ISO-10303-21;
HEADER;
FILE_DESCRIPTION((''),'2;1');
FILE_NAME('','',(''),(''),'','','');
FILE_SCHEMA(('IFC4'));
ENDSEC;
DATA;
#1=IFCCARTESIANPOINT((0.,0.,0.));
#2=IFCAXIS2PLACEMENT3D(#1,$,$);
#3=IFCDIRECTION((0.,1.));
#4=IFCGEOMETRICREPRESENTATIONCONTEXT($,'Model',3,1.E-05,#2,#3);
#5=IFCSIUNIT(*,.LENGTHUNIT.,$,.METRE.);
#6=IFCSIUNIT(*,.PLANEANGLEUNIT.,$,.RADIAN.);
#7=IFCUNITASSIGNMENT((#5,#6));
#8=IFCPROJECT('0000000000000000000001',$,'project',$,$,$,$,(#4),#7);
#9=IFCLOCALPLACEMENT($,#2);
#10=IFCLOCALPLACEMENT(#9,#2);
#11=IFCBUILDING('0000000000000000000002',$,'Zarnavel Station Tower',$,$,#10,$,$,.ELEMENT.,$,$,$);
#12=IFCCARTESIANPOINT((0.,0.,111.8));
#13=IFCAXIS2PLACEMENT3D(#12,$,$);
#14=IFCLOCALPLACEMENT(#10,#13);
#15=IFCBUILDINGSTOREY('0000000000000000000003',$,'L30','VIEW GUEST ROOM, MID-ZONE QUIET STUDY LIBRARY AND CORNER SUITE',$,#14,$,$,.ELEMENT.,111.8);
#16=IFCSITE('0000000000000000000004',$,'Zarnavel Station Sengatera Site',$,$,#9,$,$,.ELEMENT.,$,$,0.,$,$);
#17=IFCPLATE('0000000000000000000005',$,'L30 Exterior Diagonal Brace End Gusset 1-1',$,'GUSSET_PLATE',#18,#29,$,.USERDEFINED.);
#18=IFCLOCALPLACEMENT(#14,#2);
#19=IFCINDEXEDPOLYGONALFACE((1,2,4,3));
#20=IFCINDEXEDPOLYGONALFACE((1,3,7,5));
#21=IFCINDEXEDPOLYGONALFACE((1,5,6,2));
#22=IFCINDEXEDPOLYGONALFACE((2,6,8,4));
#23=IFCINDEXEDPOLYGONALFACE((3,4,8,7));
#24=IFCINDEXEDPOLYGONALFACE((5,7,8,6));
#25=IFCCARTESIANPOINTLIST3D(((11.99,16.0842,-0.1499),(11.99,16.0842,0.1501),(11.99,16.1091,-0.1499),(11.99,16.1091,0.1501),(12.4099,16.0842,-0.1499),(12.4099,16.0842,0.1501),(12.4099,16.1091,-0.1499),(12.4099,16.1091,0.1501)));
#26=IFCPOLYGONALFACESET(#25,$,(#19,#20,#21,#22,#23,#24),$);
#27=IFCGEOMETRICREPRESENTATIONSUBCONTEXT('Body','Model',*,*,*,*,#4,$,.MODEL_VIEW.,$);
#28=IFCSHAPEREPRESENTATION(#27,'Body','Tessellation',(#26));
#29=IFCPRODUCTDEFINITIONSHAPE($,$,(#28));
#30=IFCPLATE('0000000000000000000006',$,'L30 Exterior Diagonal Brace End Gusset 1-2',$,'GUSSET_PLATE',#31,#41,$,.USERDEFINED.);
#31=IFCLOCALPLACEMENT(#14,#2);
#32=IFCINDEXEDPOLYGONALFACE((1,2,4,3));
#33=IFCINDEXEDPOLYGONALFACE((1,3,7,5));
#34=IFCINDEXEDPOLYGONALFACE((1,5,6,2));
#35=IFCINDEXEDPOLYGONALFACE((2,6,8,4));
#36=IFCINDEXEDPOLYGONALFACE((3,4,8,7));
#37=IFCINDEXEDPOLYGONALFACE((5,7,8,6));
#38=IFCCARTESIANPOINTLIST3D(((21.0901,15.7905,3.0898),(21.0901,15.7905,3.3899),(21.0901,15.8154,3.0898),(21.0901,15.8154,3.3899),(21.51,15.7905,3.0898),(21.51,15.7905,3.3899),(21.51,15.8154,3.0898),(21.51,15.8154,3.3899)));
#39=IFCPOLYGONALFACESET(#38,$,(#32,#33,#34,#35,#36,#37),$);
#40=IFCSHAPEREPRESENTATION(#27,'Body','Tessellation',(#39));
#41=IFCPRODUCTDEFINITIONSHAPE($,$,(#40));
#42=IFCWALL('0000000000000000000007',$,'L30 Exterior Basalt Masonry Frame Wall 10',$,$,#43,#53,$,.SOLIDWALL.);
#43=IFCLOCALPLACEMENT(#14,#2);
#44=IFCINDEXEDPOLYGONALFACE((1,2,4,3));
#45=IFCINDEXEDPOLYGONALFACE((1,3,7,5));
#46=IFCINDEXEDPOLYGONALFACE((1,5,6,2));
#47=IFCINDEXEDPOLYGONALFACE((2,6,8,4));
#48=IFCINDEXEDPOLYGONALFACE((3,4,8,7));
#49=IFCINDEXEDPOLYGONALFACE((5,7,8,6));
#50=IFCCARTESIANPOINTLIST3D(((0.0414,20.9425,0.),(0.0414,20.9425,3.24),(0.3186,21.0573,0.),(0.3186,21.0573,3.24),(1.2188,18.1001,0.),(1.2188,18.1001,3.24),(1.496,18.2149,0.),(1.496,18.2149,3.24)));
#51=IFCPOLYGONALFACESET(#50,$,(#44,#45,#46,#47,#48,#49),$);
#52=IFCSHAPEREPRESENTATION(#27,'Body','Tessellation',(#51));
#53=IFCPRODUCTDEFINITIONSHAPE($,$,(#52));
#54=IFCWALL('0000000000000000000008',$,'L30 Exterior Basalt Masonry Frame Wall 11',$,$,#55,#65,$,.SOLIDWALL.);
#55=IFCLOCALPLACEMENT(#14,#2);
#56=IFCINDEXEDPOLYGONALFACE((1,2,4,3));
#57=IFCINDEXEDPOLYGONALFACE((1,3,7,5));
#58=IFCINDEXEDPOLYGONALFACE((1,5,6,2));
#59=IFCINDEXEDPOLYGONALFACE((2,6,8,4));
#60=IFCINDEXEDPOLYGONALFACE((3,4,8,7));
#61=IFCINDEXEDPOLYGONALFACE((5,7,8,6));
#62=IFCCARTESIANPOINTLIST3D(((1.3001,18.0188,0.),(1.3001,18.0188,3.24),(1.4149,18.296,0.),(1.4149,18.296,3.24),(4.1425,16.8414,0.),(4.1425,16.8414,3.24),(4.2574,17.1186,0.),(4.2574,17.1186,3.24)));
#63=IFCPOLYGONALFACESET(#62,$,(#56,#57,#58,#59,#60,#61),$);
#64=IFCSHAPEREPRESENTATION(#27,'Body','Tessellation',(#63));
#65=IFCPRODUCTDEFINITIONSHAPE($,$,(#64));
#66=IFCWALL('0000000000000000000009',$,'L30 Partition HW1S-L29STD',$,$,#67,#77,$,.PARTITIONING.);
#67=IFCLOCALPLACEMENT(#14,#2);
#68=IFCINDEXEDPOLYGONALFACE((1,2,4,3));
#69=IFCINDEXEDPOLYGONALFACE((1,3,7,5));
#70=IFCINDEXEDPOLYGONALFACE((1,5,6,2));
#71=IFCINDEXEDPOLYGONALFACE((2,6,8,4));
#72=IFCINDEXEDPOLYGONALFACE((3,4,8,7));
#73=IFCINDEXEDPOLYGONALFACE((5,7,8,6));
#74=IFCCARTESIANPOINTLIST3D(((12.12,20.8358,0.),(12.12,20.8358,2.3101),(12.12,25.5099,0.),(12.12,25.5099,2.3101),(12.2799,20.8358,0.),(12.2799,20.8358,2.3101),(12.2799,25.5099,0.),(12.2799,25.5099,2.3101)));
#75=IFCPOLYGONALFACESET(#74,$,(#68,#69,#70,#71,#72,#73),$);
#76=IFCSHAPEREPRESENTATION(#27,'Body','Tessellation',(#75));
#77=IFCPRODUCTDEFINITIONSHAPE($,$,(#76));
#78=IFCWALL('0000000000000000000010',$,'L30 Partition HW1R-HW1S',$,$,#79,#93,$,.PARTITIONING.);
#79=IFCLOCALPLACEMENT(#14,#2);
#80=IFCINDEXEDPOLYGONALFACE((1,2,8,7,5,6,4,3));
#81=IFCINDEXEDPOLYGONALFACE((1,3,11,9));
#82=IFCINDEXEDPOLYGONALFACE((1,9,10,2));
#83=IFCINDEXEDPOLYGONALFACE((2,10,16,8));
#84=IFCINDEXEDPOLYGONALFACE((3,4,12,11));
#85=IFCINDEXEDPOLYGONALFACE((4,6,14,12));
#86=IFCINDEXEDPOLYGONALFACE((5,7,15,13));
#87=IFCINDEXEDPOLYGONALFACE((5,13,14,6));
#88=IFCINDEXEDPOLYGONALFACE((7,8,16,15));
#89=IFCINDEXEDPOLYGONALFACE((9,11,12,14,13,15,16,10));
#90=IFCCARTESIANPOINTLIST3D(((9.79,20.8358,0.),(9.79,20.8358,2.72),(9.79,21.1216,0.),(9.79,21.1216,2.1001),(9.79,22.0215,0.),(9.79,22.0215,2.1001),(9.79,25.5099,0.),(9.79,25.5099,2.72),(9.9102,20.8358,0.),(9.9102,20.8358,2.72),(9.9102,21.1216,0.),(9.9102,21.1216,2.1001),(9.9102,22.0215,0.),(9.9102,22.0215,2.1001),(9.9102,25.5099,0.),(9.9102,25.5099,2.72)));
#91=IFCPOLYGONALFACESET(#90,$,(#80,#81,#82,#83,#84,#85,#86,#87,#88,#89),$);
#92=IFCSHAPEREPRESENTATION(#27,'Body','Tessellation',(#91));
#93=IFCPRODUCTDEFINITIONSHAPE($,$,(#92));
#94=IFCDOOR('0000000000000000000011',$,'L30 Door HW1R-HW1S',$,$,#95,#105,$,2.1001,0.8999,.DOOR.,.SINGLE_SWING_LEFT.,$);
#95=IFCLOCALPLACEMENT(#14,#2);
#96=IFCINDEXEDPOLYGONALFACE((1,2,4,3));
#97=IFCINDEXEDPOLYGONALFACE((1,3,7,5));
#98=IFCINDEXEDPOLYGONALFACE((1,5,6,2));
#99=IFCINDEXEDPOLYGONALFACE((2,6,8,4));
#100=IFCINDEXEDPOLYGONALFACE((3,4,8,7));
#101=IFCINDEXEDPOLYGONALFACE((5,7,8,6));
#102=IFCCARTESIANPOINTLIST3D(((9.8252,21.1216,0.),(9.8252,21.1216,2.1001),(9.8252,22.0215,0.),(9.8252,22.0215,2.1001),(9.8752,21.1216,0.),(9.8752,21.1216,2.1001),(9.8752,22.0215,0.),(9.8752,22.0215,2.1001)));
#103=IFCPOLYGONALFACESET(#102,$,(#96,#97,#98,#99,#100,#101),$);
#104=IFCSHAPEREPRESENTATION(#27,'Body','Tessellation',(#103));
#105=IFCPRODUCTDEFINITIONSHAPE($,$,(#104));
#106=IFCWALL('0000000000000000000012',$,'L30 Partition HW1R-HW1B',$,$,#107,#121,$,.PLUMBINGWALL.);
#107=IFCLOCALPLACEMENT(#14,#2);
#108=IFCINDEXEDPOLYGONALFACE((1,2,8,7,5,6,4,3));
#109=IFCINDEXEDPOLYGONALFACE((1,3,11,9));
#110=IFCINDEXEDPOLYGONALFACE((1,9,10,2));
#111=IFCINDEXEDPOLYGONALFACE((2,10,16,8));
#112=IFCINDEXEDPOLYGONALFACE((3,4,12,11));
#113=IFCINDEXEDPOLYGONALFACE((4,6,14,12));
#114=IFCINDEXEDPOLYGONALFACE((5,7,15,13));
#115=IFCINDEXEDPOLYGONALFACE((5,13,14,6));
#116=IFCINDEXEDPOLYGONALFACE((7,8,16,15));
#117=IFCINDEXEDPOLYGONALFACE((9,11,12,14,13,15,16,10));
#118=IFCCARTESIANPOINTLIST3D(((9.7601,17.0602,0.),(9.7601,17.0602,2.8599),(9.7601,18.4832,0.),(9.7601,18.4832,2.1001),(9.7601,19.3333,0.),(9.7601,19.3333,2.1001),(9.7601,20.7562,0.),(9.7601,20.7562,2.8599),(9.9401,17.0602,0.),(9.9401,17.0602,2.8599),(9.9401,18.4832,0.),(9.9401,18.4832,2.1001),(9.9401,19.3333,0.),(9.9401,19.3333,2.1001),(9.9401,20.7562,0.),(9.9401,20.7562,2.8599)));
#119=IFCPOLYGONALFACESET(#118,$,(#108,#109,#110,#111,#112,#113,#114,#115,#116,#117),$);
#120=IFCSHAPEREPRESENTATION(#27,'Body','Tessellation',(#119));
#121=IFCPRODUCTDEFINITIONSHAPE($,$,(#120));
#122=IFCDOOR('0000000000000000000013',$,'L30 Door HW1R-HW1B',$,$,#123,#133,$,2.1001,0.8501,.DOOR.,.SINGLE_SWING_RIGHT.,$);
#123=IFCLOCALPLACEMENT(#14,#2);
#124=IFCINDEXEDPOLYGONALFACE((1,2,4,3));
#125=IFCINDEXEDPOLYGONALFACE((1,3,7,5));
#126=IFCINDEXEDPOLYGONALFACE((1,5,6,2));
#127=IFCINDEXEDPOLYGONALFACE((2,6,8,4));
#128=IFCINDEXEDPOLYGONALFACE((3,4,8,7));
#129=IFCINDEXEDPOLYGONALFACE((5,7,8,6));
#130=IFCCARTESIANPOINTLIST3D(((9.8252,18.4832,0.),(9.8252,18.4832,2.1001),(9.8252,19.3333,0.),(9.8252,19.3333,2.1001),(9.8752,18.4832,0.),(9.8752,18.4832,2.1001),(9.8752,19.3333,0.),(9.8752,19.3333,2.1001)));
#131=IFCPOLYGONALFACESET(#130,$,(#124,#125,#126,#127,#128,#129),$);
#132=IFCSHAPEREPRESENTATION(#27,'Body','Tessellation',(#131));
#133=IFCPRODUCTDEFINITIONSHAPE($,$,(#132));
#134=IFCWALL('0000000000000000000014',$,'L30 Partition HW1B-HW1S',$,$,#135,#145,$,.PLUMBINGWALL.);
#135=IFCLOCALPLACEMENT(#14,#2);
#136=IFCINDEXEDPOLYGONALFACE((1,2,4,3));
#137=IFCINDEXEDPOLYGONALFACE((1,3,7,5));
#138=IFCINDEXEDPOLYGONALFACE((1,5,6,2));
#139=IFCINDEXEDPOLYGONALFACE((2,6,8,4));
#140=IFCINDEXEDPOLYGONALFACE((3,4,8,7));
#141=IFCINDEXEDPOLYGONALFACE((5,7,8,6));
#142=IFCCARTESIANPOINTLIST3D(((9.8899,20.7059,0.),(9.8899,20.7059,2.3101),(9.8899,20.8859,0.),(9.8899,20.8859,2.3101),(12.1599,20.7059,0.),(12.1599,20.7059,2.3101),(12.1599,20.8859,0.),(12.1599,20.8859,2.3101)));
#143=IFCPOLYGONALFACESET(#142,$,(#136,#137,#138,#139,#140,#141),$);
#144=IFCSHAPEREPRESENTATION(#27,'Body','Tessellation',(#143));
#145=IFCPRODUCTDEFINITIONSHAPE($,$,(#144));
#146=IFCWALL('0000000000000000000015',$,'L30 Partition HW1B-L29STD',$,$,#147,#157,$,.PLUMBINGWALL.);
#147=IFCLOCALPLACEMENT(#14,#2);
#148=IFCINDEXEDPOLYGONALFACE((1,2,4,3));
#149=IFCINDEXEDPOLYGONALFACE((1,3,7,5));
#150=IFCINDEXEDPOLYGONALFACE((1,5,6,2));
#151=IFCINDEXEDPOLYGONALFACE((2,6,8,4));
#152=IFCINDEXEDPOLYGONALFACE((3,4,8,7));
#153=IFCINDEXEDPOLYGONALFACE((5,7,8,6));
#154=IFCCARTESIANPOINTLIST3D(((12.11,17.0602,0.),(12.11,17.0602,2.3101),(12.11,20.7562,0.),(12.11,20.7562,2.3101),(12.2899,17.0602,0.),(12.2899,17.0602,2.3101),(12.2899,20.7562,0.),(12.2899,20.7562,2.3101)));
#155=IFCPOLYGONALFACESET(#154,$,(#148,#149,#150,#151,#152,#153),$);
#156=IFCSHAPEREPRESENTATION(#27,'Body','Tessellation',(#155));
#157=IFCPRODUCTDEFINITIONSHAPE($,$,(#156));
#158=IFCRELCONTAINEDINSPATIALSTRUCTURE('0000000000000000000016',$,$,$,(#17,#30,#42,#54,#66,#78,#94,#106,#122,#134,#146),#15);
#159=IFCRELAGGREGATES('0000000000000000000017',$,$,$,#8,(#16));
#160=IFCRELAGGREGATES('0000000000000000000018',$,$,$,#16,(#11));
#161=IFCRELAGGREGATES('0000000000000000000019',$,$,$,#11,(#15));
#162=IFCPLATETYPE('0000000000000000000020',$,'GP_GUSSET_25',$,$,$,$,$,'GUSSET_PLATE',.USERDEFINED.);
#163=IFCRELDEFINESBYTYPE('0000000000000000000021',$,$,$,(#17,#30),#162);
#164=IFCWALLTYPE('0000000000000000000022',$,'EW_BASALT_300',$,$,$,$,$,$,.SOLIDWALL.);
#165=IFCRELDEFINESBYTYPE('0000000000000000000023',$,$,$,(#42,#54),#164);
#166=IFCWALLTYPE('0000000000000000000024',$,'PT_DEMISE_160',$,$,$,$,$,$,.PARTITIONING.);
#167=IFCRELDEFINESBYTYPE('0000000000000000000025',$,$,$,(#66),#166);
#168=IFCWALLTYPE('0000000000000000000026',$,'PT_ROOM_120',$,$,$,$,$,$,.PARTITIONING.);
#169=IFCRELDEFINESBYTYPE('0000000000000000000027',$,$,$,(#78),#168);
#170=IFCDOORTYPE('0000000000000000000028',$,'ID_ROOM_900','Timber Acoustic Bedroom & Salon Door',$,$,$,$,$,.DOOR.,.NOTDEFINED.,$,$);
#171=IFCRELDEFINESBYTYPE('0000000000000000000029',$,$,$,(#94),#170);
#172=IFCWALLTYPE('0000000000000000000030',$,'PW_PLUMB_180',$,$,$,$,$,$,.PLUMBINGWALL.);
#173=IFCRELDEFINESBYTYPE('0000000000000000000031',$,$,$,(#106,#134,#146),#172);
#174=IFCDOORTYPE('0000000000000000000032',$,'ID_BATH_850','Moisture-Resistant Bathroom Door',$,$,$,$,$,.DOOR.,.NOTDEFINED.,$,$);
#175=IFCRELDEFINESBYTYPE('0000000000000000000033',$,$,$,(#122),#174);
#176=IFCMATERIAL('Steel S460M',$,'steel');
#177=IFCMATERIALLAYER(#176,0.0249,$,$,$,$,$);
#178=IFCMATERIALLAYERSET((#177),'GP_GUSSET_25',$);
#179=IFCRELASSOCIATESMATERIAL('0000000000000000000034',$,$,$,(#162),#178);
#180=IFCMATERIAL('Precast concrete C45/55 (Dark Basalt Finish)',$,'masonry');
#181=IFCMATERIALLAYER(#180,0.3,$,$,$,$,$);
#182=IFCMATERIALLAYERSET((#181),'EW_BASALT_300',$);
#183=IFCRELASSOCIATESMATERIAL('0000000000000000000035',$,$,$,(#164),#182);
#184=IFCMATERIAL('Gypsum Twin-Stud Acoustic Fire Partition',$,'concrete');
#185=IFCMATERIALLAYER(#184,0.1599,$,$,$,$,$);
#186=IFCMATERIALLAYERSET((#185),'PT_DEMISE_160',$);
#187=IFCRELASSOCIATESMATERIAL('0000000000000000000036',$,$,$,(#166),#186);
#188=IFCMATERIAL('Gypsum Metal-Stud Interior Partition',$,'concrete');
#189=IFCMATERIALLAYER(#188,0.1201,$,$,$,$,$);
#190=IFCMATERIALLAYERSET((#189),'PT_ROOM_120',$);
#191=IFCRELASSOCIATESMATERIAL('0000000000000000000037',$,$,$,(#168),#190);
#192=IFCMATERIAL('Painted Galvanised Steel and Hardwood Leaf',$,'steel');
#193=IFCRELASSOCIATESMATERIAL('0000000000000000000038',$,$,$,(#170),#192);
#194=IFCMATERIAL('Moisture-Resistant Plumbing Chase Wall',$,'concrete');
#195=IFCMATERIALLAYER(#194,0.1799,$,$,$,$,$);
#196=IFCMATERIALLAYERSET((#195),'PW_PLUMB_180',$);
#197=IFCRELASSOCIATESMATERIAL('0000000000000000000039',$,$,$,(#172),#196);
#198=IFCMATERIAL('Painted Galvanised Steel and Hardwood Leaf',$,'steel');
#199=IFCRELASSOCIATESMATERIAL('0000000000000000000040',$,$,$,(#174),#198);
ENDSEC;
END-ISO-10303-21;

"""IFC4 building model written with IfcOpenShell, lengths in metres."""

from ifc_helpers import new_model, si_unit, direction, frame, frame_2d, origin, origin_2d, place, context, subcontext, project, spatial, rectangle, extrude, material, layer, layer_set, type_object, element, fill, save


model = new_model("IFC4")

# Units and contexts
model_context = context("Model", 3, precision=1e-05, world=origin(), true_north=direction((0.0, 1.0)))
body_context = subcontext(model_context, "Body", "Model", "MODEL_VIEW")
ifc_project = project(units=[si_unit("LENGTHUNIT", "METRE"), si_unit("PLANEANGLEUNIT", "RADIAN")], contexts=[model_context])

# Site, building, storey
site_placement = place(None, origin())
site = spatial("IfcSite", under=ifc_project, at=site_placement, Name="Zarnavel Station Sengatera Site", CompositionType="ELEMENT", RefElevation=0.0)
building_placement = place(site_placement, origin())
building = spatial("IfcBuilding", under=site, at=building_placement, Name="Zarnavel Station Tower", CompositionType="ELEMENT")
storey_placement = place(building_placement, frame((0.0, 0.0, 111.8)))
storey = spatial("IfcBuildingStorey", under=building, at=storey_placement, Name="L30", Description="VIEW GUEST ROOM, MID-ZONE QUIET STUDY LIBRARY AND CORNER SUITE", CompositionType="ELEMENT", Elevation=111.8)

# Plates
ifc_material_1 = material(Name="Steel S460M", Category="steel")
ifc_layer_1 = layer(ifc_material_1, 0.0249)
ifc_layer_set_1 = layer_set([ifc_layer_1], Name="GP_GUSSET_25")
plate_type = type_object("IfcPlateType", Name="GP_GUSSET_25", ElementType="GUSSET_PLATE", PredefinedType="USERDEFINED", material=ifc_layer_set_1)
for number, where, z_axis, x_axis, name in (
    (1, (12.2, 16.0967, -0.1499), (0.0, 0.0, 1.0), (1.0, 0.0, 0.0), "L30 Exterior Diagonal Brace End Gusset 1-1"),
    (2, (21.3, 15.803, 3.0898), (0.0, 0.0, 1.0), (1.0, 0.0, 0.0), "L30 Exterior Diagonal Brace End Gusset 1-2"),
):
    element("IfcPlate", number, at=place(storey_placement, frame(where, z_axis=z_axis, x_axis=x_axis)), inside=storey, type_object=plate_type, Name=name, ObjectType="GUSSET_PLATE", PredefinedType="USERDEFINED", context=body_context, shape_type="SweptSolid", body=[
        extrude(rectangle(XDim=0.4199, YDim=0.0249, at=origin_2d()), origin(), (0.0, 0.0, 1.0), 0.3),
    ])

# Walls
ifc_material_2 = material(Name="Precast concrete C45/55 (Dark Basalt Finish)", Category="masonry")
ifc_layer_2 = layer(ifc_material_2, 0.3)
ifc_layer_set_2 = layer_set([ifc_layer_2], Name="EW_BASALT_300")
wall_type_1 = type_object("IfcWallType", Name="EW_BASALT_300", PredefinedType="SOLIDWALL", material=ifc_layer_set_2)
for number, where, z_axis, x_axis, name in (
    (3, (1.3574, 18.1575, 0.0), (0.0, 0.0, 1.0), (-0.382705, 0.923871, 0.0), "L30 Exterior Basalt Masonry Frame Wall 10"),
    (4, (4.2, 16.98, 0.0), (0.0, 0.0, 1.0), (-0.923871, 0.382705, 0.0), "L30 Exterior Basalt Masonry Frame Wall 11"),
):
    element("IfcWall", number, at=place(storey_placement, frame(where, z_axis=z_axis, x_axis=x_axis)), inside=storey, type_object=wall_type_1, Name=name, PredefinedType="SOLIDWALL", context=body_context, shape_type="SweptSolid", body=[
        extrude(rectangle(XDim=3.0767, YDim=0.3, at=frame_2d((1.5383, 0.0))), origin(), (0.0, 0.0, 1.0), 3.24),
    ])
ifc_material_3 = material(Name="Gypsum Twin-Stud Acoustic Fire Partition", Category="concrete")
ifc_layer_3 = layer(ifc_material_3, 0.1599)
ifc_layer_set_3 = layer_set([ifc_layer_3], Name="PT_DEMISE_160")
wall_type_2 = type_object("IfcWallType", Name="PT_DEMISE_160", PredefinedType="PARTITIONING", material=ifc_layer_set_3)
wall_1_placement = place(storey_placement, frame((12.2, 20.8359, 0.0), z_axis=(0.0, 0.0, 1.0), x_axis=(0.0, 1.0, 0.0)))
element("IfcWall", 5, at=wall_1_placement, inside=storey, type_object=wall_type_2, Name="L30 Partition HW1S-L29STD", PredefinedType="PARTITIONING", context=body_context, shape_type="SweptSolid", body=[
    extrude(rectangle(XDim=4.6741, YDim=0.1599, at=frame_2d((2.3369, 0.0))), origin(), (0.0, 0.0, 1.0), 2.3101),
])

# Walls, openings, doors
ifc_material_4 = material(Name="Gypsum Metal-Stud Interior Partition", Category="concrete")
ifc_layer_4 = layer(ifc_material_4, 0.1201)
ifc_layer_set_4 = layer_set([ifc_layer_4], Name="PT_ROOM_120")
wall_type_3 = type_object("IfcWallType", Name="PT_ROOM_120", PredefinedType="PARTITIONING", material=ifc_layer_set_4)
wall_2_placement = place(storey_placement, frame((9.8501, 20.8359, 0.0), z_axis=(0.0, 0.0, 1.0), x_axis=(0.0, 1.0, 0.0)))
wall_2 = element("IfcWall", 6, at=wall_2_placement, inside=storey, type_object=wall_type_3, Name="L30 Partition HW1R-HW1S", PredefinedType="PARTITIONING", context=body_context, shape_type="SweptSolid", body=[
    extrude(rectangle(XDim=4.6741, YDim=0.1201, at=frame_2d((2.3369, 0.0))), origin(), (0.0, 0.0, 1.0), 2.72),
])
opening_1_placement = place(wall_2_placement, frame((0.2856, 0.0, 0.0)))
opening_1 = element("IfcOpeningElement", 7, at=opening_1_placement, cuts=wall_2, PredefinedType="OPENING", context=body_context, shape_type="SweptSolid", body=[
    extrude(rectangle(XDim=0.8999, YDim=2.1001, at=frame_2d((0.45, 1.05))), frame((0.0, 0.0701, 0.0), z_axis=(0.0, -1.0, 0.0), x_axis=(1.0, 0.0, 0.0)), (0.0, 0.0, 1.0), 0.1401),
])
ifc_material_5 = material(Name="Painted Galvanised Steel and Hardwood Leaf", Category="steel")
door_type_1 = type_object("IfcDoorType", Name="ID_ROOM_900", Description="Timber Acoustic Bedroom & Salon Door", OperationType="NOTDEFINED", PredefinedType="DOOR", material=ifc_material_5)
door_1_placement = place(opening_1_placement, origin())
door_1 = element("IfcDoor", 8, at=door_1_placement, inside=storey, type_object=door_type_1, Name="L30 Door HW1R-HW1S", OperationType="SINGLE_SWING_LEFT", OverallHeight=2.1001, OverallWidth=0.8999, PredefinedType="DOOR", context=body_context, shape_type="SweptSolid", body=[
    extrude(rectangle(XDim=0.8999, YDim=2.1001, at=frame_2d((0.45, 1.05))), frame((0.0, 0.0249, 0.0), z_axis=(0.0, -1.0, 0.0), x_axis=(1.0, 0.0, 0.0)), (0.0, 0.0, 1.0), 0.05),
])
fill(opening_1, door_1)
ifc_material_6 = material(Name="Moisture-Resistant Plumbing Chase Wall", Category="concrete")
ifc_layer_5 = layer(ifc_material_6, 0.1799)
ifc_layer_set_5 = layer_set([ifc_layer_5], Name="PW_PLUMB_180")
wall_type_4 = type_object("IfcWallType", Name="PW_PLUMB_180", PredefinedType="PLUMBINGWALL", material=ifc_layer_set_5)
wall_3_placement = place(storey_placement, frame((9.8501, 17.0601, 0.0), z_axis=(0.0, 0.0, 1.0), x_axis=(0.0, 1.0, 0.0)))
wall_3 = element("IfcWall", 9, at=wall_3_placement, inside=storey, type_object=wall_type_4, Name="L30 Partition HW1R-HW1B", PredefinedType="PLUMBINGWALL", context=body_context, shape_type="SweptSolid", body=[
    extrude(rectangle(XDim=3.696, YDim=0.1799, at=frame_2d((1.8481, 0.0))), origin(), (0.0, 0.0, 1.0), 2.8599),
])
opening_2_placement = place(wall_3_placement, frame((1.4231, 0.0, 0.0)))
opening_2 = element("IfcOpeningElement", 10, at=opening_2_placement, cuts=wall_3, PredefinedType="OPENING", context=body_context, shape_type="SweptSolid", body=[
    extrude(rectangle(XDim=0.8501, YDim=2.1001, at=frame_2d((0.425, 1.05))), frame((0.0, 0.0999, 0.0), z_axis=(0.0, -1.0, 0.0), x_axis=(1.0, 0.0, 0.0)), (0.0, 0.0, 1.0), 0.2),
])
ifc_material_7 = material(Name="Painted Galvanised Steel and Hardwood Leaf", Category="steel")
door_type_2 = type_object("IfcDoorType", Name="ID_BATH_850", Description="Moisture-Resistant Bathroom Door", OperationType="NOTDEFINED", PredefinedType="DOOR", material=ifc_material_7)
door_2_placement = place(opening_2_placement, origin())
door_2 = element("IfcDoor", 11, at=door_2_placement, inside=storey, type_object=door_type_2, Name="L30 Door HW1R-HW1B", OperationType="SINGLE_SWING_RIGHT", OverallHeight=2.1001, OverallWidth=0.8501, PredefinedType="DOOR", context=body_context, shape_type="SweptSolid", body=[
    extrude(rectangle(XDim=0.8501, YDim=2.1001, at=frame_2d((0.425, 1.05))), frame((0.0, 0.0249, 0.0), z_axis=(0.0, -1.0, 0.0), x_axis=(1.0, 0.0, 0.0)), (0.0, 0.0, 1.0), 0.05),
])
fill(opening_2, door_2)

# Walls
wall_4_placement = place(storey_placement, frame((9.8899, 20.7959, 0.0), z_axis=(0.0, 0.0, 1.0), x_axis=(1.0, 0.0, 0.0)))
element("IfcWall", 12, at=wall_4_placement, inside=storey, type_object=wall_type_4, Name="L30 Partition HW1B-HW1S", PredefinedType="PLUMBINGWALL", context=body_context, shape_type="SweptSolid", body=[
    extrude(rectangle(XDim=2.27, YDim=0.1799, at=frame_2d((1.135, 0.0))), origin(), (0.0, 0.0, 1.0), 2.3101),
])
wall_5_placement = place(storey_placement, frame((12.2, 17.0601, 0.0), z_axis=(0.0, 0.0, 1.0), x_axis=(0.0, 1.0, 0.0)))
element("IfcWall", 13, at=wall_5_placement, inside=storey, type_object=wall_type_4, Name="L30 Partition HW1B-L29STD", PredefinedType="PLUMBINGWALL", context=body_context, shape_type="SweptSolid", body=[
    extrude(rectangle(XDim=3.696, YDim=0.1799, at=frame_2d((1.8481, 0.0))), origin(), (0.0, 0.0, 1.0), 2.3101),
])

save(model, "model.ifc")
